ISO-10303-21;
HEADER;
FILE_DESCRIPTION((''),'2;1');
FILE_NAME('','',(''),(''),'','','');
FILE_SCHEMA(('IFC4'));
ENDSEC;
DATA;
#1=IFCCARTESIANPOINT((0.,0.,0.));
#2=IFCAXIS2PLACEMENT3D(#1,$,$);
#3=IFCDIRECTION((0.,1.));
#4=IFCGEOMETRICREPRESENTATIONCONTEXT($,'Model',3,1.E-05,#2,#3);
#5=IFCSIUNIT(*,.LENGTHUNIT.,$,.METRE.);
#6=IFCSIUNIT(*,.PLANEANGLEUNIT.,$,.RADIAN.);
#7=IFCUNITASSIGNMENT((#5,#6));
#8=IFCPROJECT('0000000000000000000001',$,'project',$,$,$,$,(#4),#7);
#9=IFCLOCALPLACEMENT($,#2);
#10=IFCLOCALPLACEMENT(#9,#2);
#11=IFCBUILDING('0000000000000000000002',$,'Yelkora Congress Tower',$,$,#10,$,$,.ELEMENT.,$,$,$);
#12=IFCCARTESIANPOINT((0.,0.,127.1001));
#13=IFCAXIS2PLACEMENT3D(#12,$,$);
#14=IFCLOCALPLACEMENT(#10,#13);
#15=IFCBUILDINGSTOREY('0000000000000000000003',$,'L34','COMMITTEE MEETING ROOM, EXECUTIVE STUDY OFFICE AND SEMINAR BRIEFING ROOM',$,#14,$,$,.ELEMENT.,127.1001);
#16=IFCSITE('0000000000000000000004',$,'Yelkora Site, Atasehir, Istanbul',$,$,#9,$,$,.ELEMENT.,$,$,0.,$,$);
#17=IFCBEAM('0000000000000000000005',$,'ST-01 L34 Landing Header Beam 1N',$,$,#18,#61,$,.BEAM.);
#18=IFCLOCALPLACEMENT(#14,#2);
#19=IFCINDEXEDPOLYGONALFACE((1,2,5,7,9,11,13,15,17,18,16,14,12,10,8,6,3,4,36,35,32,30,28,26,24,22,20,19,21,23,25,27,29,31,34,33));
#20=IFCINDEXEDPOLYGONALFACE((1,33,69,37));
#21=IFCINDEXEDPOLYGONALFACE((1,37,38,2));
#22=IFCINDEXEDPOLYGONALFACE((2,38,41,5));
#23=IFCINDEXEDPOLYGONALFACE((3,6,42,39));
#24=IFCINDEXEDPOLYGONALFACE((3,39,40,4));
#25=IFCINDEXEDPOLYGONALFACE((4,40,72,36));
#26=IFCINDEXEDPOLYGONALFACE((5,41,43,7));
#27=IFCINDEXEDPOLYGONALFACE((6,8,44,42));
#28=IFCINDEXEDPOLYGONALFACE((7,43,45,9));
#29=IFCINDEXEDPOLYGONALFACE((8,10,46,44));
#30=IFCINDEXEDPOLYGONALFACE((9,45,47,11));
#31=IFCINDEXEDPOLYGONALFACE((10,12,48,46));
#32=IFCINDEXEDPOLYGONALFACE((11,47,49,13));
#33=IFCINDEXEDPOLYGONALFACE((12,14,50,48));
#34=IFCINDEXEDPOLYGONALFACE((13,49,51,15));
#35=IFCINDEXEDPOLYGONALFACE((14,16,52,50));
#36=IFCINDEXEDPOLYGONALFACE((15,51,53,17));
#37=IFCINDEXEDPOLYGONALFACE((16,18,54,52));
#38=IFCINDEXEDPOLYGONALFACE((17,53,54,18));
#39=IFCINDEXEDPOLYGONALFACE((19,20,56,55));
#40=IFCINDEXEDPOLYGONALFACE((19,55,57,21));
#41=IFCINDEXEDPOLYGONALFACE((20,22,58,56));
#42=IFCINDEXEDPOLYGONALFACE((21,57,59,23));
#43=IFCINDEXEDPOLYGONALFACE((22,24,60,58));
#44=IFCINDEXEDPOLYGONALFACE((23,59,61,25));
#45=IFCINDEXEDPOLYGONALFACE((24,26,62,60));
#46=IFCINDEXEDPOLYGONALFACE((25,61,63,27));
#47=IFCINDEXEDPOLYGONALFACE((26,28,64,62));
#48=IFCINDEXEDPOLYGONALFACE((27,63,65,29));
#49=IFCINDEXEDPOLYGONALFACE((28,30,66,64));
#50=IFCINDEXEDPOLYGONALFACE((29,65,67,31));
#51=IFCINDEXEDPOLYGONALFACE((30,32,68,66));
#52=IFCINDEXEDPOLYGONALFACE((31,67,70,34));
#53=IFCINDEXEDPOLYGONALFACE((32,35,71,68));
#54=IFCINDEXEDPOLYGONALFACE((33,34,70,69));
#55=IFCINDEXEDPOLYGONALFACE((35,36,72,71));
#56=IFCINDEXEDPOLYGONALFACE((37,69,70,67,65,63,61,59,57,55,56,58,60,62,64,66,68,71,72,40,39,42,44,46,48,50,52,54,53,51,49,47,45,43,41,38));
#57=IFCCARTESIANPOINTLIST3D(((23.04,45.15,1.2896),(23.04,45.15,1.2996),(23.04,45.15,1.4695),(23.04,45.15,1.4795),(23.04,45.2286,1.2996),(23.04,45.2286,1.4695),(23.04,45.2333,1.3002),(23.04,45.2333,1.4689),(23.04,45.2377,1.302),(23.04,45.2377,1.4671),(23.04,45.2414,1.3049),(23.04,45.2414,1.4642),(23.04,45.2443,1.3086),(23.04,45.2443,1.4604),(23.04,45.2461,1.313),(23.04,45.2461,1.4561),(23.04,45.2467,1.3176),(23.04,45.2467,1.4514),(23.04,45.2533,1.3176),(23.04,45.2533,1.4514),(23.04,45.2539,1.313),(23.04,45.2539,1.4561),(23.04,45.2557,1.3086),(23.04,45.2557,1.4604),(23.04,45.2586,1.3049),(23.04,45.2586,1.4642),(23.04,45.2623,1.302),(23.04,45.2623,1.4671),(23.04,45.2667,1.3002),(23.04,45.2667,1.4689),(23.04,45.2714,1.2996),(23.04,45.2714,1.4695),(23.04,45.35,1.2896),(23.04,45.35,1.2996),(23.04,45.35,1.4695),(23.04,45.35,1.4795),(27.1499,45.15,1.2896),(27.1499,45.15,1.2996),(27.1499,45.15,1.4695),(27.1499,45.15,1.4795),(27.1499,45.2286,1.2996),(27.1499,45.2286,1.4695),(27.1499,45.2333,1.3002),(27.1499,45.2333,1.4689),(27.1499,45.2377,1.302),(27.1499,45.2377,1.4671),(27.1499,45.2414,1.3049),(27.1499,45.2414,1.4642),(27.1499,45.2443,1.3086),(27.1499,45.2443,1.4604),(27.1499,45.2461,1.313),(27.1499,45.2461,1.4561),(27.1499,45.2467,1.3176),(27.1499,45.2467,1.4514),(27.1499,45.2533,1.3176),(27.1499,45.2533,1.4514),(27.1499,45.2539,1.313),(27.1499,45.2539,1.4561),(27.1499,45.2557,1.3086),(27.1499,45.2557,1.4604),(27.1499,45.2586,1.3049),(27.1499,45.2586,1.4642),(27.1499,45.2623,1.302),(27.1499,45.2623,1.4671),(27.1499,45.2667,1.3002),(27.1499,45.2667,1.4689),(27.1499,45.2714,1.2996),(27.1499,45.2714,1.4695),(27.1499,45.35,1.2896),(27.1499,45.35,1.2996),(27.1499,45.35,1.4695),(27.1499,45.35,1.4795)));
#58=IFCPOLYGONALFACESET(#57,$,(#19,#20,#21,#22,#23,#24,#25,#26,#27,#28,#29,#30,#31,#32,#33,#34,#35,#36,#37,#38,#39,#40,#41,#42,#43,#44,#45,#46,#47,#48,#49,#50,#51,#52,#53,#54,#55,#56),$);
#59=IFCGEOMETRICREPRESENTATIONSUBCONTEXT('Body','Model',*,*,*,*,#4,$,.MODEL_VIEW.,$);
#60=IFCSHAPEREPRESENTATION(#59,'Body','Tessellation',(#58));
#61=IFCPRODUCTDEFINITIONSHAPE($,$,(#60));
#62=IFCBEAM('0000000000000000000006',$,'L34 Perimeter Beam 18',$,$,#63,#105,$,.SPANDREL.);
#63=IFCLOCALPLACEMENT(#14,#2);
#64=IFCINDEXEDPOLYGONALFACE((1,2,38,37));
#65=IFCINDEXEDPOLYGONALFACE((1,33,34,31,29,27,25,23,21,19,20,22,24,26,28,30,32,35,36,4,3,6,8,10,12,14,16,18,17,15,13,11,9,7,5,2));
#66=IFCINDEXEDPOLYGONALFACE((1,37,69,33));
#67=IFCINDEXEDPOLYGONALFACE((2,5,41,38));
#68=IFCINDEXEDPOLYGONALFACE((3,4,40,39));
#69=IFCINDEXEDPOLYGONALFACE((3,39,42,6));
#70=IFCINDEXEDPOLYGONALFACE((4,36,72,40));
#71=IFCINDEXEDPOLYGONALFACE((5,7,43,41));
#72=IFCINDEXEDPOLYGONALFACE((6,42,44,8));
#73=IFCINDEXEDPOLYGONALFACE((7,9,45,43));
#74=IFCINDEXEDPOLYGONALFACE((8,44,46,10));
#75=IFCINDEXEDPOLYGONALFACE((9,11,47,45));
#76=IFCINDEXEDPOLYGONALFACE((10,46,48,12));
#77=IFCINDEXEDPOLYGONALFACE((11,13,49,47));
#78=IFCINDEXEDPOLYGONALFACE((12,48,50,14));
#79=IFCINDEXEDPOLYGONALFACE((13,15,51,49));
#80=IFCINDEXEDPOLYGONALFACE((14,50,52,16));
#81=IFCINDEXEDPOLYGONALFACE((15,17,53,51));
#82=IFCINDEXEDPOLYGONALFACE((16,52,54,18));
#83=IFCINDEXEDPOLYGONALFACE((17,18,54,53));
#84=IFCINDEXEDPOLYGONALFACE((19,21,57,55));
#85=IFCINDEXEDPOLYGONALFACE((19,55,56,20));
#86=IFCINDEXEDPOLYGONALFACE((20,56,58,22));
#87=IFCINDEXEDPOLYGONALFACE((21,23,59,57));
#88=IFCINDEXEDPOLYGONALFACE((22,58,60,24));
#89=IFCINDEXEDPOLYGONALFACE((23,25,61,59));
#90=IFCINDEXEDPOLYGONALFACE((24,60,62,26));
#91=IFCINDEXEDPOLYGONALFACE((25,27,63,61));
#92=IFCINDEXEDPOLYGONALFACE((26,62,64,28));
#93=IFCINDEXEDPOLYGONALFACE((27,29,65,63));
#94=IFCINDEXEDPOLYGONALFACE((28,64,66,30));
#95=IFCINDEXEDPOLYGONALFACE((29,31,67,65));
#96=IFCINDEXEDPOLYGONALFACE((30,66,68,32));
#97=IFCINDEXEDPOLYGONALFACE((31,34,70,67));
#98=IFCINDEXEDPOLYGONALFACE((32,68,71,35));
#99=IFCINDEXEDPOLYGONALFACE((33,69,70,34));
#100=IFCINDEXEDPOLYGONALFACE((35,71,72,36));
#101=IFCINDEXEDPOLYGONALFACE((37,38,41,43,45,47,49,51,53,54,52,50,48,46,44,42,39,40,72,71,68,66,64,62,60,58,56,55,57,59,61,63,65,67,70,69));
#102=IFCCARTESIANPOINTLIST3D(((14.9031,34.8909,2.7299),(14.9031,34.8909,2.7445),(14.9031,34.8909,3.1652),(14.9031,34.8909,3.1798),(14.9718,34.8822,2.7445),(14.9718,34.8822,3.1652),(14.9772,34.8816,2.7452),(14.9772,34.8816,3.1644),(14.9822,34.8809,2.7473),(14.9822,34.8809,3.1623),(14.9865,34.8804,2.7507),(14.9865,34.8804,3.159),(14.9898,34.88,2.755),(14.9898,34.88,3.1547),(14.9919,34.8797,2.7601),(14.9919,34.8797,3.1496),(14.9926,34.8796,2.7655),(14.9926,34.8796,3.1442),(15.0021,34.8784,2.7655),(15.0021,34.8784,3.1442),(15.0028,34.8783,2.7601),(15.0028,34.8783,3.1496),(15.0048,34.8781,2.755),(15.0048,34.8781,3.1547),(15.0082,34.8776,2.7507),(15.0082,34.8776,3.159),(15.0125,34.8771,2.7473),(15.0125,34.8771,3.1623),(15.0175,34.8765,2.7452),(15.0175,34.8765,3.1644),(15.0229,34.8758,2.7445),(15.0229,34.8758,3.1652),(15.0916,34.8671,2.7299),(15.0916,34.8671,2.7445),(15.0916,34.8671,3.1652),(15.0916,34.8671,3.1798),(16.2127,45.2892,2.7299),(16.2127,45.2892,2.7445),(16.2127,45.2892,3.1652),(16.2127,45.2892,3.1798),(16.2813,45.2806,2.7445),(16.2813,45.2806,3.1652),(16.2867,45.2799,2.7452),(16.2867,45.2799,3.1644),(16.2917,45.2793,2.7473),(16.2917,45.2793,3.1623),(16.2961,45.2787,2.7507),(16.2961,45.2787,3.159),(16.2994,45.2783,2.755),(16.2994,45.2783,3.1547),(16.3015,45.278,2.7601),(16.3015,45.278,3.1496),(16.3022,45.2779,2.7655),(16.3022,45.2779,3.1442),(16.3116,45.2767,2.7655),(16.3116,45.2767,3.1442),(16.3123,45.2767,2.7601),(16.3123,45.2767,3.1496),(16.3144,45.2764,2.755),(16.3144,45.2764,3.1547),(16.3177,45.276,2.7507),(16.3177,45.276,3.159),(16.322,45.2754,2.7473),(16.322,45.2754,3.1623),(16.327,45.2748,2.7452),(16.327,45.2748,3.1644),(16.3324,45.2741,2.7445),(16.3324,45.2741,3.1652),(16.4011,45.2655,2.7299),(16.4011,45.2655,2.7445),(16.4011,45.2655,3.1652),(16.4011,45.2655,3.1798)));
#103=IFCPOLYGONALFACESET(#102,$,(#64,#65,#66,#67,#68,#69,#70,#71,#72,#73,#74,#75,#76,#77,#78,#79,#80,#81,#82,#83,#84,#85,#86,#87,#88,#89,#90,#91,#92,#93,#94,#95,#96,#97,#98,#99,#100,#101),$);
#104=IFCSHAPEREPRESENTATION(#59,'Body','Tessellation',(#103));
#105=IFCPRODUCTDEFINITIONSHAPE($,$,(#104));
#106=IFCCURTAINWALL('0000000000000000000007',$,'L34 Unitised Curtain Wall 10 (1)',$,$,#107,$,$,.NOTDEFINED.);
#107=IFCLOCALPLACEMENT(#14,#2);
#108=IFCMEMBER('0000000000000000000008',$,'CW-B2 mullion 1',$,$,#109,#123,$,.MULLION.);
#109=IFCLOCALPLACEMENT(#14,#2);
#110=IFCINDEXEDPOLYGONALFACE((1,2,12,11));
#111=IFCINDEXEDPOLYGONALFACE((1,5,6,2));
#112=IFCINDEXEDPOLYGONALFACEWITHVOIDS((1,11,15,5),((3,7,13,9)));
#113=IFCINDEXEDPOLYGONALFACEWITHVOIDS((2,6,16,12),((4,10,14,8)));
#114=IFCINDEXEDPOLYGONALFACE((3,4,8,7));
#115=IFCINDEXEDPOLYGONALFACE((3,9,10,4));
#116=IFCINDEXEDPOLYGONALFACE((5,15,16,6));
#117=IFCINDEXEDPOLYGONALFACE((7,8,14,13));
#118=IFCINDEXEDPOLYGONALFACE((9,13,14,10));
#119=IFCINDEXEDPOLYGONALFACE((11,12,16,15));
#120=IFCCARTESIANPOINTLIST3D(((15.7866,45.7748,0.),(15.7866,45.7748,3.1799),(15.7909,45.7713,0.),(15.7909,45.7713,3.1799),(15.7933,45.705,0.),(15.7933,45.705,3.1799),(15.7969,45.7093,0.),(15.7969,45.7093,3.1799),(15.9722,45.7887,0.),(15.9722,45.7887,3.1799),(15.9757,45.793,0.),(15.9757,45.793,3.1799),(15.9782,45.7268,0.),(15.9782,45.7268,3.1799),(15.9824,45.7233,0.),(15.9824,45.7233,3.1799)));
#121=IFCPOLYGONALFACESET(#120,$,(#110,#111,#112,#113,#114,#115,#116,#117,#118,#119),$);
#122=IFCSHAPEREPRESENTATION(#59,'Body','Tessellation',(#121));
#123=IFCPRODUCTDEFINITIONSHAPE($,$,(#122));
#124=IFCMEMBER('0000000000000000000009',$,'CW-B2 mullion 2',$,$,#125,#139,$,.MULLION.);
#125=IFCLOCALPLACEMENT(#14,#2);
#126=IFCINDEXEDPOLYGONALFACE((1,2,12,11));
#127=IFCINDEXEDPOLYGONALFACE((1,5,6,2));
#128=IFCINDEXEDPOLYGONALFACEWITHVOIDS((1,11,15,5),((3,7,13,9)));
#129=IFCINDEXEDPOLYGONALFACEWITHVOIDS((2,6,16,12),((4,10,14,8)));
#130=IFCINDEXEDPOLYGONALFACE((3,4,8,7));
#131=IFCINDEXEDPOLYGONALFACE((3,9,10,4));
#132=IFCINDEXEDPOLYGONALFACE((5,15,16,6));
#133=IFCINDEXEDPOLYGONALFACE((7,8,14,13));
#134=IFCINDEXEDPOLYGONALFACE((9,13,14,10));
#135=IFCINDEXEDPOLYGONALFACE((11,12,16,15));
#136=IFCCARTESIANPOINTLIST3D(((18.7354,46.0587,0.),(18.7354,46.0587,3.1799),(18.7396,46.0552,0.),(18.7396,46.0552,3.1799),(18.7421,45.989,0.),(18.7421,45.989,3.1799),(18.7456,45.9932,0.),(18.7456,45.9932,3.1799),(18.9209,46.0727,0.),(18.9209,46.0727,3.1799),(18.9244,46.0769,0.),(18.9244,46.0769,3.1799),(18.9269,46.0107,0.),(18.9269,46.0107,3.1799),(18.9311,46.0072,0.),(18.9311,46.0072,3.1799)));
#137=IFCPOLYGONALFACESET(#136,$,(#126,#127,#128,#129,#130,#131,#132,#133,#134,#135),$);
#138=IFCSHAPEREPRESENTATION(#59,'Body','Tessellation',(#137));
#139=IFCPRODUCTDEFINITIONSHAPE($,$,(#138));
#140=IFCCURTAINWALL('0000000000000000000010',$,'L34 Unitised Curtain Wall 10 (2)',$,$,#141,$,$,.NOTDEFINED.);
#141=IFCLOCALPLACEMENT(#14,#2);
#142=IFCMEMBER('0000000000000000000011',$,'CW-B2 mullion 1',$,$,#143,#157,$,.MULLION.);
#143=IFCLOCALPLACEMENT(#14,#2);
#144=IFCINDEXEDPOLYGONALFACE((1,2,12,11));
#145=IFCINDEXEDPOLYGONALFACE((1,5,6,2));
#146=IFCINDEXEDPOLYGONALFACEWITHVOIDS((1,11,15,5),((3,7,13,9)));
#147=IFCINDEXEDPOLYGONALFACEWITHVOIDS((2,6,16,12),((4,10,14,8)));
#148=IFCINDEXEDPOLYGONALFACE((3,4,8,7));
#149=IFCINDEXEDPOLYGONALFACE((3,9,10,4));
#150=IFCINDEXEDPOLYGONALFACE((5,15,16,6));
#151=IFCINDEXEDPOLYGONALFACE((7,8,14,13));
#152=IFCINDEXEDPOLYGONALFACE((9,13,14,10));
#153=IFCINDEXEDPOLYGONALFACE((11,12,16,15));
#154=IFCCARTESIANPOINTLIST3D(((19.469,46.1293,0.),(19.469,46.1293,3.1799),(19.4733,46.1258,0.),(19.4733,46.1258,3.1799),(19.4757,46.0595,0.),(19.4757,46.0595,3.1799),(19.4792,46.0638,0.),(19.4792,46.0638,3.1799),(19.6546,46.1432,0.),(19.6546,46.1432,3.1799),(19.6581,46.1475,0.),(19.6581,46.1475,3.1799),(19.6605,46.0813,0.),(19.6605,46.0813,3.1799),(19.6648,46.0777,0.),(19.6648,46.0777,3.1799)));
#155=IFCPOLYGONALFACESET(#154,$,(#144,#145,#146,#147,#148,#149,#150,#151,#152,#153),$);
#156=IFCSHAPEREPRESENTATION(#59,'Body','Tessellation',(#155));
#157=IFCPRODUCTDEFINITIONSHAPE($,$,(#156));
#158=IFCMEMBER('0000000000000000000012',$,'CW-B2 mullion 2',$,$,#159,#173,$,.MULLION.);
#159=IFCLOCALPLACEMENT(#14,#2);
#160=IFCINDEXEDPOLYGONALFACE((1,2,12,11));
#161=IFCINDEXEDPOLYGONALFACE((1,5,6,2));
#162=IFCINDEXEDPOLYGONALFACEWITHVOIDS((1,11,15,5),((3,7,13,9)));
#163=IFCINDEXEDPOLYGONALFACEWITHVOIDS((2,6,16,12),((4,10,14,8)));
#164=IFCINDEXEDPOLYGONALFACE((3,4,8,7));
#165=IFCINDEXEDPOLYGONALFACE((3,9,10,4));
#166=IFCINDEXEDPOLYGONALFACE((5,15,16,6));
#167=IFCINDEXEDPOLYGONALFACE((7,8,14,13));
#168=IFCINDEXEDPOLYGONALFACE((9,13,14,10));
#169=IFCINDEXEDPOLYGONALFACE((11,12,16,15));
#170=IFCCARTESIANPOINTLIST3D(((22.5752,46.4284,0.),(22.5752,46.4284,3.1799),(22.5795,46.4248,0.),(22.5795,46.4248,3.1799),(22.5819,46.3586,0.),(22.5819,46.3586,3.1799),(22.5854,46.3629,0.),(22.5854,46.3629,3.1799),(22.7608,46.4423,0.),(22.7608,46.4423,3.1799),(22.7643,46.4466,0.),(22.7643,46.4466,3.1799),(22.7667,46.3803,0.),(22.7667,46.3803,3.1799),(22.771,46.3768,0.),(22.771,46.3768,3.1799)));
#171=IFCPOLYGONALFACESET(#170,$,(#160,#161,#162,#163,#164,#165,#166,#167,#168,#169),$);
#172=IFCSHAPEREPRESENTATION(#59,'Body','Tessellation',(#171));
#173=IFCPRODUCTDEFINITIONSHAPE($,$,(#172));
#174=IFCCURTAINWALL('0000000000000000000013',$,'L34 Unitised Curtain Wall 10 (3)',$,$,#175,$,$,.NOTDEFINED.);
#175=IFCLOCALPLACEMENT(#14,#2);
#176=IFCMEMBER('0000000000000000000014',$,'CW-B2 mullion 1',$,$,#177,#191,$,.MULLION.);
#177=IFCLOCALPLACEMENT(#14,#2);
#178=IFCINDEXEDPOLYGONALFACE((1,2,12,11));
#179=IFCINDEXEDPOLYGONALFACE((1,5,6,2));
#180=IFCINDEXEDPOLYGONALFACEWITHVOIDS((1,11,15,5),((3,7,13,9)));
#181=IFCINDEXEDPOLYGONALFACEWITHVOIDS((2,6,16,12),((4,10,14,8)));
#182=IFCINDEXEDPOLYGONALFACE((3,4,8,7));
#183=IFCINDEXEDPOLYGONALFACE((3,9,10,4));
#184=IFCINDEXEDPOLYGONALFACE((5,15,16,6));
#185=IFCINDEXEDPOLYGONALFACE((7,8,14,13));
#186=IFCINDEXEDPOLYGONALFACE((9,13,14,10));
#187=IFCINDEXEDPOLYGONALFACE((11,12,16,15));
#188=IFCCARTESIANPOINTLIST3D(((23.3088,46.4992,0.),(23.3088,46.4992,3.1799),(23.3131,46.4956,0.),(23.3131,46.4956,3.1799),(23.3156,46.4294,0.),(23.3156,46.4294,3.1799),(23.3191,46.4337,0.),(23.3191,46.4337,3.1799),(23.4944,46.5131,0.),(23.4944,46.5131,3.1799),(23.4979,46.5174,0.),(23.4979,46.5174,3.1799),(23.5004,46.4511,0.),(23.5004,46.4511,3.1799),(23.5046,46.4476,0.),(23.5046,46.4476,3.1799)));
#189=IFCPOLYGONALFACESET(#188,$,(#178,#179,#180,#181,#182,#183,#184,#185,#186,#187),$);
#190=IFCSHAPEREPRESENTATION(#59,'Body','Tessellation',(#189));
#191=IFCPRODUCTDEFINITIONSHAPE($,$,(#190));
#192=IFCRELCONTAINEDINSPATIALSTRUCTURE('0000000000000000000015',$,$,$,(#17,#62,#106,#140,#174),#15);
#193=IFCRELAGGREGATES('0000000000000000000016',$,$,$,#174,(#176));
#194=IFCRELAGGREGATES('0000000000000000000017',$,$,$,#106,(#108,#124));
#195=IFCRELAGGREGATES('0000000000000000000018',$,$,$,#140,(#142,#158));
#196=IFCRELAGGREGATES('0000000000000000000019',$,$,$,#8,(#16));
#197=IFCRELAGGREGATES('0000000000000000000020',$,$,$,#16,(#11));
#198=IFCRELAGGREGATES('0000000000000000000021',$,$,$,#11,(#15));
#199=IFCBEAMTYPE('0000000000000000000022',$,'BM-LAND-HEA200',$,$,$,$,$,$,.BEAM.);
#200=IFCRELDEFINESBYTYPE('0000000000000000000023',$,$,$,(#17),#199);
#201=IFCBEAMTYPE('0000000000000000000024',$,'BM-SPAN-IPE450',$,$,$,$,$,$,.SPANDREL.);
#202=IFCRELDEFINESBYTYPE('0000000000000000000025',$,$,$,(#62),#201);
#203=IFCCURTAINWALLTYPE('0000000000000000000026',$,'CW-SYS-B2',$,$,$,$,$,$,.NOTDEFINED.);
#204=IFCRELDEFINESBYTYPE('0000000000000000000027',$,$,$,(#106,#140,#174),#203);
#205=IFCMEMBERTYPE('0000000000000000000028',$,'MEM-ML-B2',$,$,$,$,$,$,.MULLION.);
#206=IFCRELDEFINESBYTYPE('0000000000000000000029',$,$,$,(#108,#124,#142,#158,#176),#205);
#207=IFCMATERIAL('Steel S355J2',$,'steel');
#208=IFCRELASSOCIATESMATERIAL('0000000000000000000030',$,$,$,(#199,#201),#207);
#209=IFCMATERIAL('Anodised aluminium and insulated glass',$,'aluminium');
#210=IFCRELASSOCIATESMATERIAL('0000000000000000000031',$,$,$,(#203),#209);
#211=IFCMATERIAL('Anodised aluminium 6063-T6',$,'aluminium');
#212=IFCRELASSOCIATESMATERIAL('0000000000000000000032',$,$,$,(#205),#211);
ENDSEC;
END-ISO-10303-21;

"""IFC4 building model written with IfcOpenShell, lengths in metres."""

from ifc_helpers import new_model, si_unit, direction, frame, origin, origin_2d, place, context, subcontext, project, spatial, hollow_rectangle, i_section, extrude, material, material_profile, profile_set, type_object, element, aggregate, save


model = new_model("IFC4")

# Units and contexts
model_context = context("Model", 3, precision=1e-05, world=origin(), true_north=direction((0.0, 1.0)))
body_context = subcontext(model_context, "Body", "Model", "MODEL_VIEW")
ifc_project = project(units=[si_unit("LENGTHUNIT", "METRE"), si_unit("PLANEANGLEUNIT", "RADIAN")], contexts=[model_context])

# Site, building, storey
site_placement = place(None, origin())
site = spatial("IfcSite", under=ifc_project, at=site_placement, Name="Yelkora Site, Atasehir, Istanbul", CompositionType="ELEMENT", RefElevation=0.0)
building_placement = place(site_placement, origin())
building = spatial("IfcBuilding", under=site, at=building_placement, Name="Yelkora Congress Tower", CompositionType="ELEMENT")
storey_placement = place(building_placement, frame((0.0, 0.0, 127.1001)))
storey = spatial("IfcBuildingStorey", under=building, at=storey_placement, Name="L34", Description="COMMITTEE MEETING ROOM, EXECUTIVE STUDY OFFICE AND SEMINAR BRIEFING ROOM", CompositionType="ELEMENT", Elevation=127.1001)

# Beams
ifc_material_1 = material(Name="Steel S355J2", Category="steel")
ifc_material_profile_1 = material_profile(ifc_material_1, i_section(OverallWidth=0.2, OverallDepth=0.1899, WebThickness=0.0066, FlangeThickness=0.01, FilletRadius=0.0181, at=origin_2d()), Name="HEA 200")
ifc_profile_set_1 = profile_set([ifc_material_profile_1], Name="Steel S355J2")
beam_type_1 = type_object("IfcBeamType", Name="BM-LAND-HEA200", PredefinedType="BEAM", material=ifc_profile_set_1)
beam_1_placement = place(storey_placement, frame((23.04, 45.25, 1.3845), z_axis=(1.0, 0.0, 0.0), x_axis=(0.0, 1.0, 0.0)))
element("IfcBeam", 1, at=beam_1_placement, inside=storey, type_object=beam_type_1, Name="ST-01 L34 Landing Header Beam 1N", PredefinedType="BEAM", context=body_context, shape_type="SweptSolid", body=[
    extrude(i_section(OverallWidth=0.2, OverallDepth=0.1899, WebThickness=0.0066, FlangeThickness=0.01, FilletRadius=0.0181, at=origin_2d()), origin(), (0.0, 0.0, 1.0), 4.1099),
])
ifc_material_profile_2 = material_profile(ifc_material_1, i_section(OverallWidth=0.1899, OverallDepth=0.45, WebThickness=0.0095, FlangeThickness=0.0146, FilletRadius=0.021, at=origin_2d()), Name="IPE 450")
ifc_profile_set_2 = profile_set([ifc_material_profile_2], Name="Steel S355J2")
beam_type_2 = type_object("IfcBeamType", Name="BM-SPAN-IPE450", PredefinedType="SPANDREL", material=ifc_profile_set_2)
beam_2_placement = place(storey_placement, frame((16.3069, 45.2773, 2.9548), z_axis=(-0.124952, -0.992163, 0.0), x_axis=(0.992163, -0.124952, 0.0)))
element("IfcBeam", 2, at=beam_2_placement, inside=storey, type_object=beam_type_2, Name="L34 Perimeter Beam 18", PredefinedType="SPANDREL", context=body_context, shape_type="SweptSolid", body=[
    extrude(i_section(OverallWidth=0.1899, OverallDepth=0.45, WebThickness=0.0095, FlangeThickness=0.0146, FilletRadius=0.021, at=origin_2d()), origin(), (0.0, 0.0, 1.0), 10.4805),
])

# Curtain walls, members
ifc_material_2 = material(Name="Anodised aluminium and insulated glass", Category="aluminium")
curtain_wall_type = type_object("IfcCurtainWallType", Name="CW-SYS-B2", PredefinedType="NOTDEFINED", material=ifc_material_2)
curtain_wall_1_placement = place(storey_placement, origin())
curtain_wall_1 = element("IfcCurtainWall", 3, at=curtain_wall_1_placement, inside=storey, type_object=curtain_wall_type, Name="L34 Unitised Curtain Wall 10 (1)", PredefinedType="NOTDEFINED")
ifc_material_3 = material(Name="Anodised aluminium 6063-T6", Category="aluminium")
ifc_material_profile_3 = material_profile(ifc_material_3, hollow_rectangle(XDim=0.0701, YDim=0.1899, WallThickness=0.0039, at=origin_2d()), Name="ALU 70x190x4")
ifc_profile_set_3 = profile_set([ifc_material_profile_3], Name="Anodised aluminium 6063-T6")
member_type_1 = type_object("IfcMemberType", Name="MEM-ML-B2", PredefinedType="MULLION", material=ifc_profile_set_3)
member_1_placement = place(storey_placement, frame((15.8845, 45.749, 0.0), z_axis=(0.0, 0.0, 1.0), x_axis=(-0.095839, 0.995397, 0.0)))
member_1 = element("IfcMember", 4, at=member_1_placement, type_object=member_type_1, Name="CW-B2 mullion 1", PredefinedType="MULLION", context=body_context, shape_type="SweptSolid", body=[
    extrude(hollow_rectangle(XDim=0.0701, YDim=0.1899, WallThickness=0.0039, at=origin_2d()), origin(), (0.0, 0.0, 1.0), 3.1799),
])
member_2_placement = place(storey_placement, frame((18.8333, 46.033, 0.0), z_axis=(0.0, 0.0, 1.0), x_axis=(-0.095839, 0.995397, 0.0)))
member_2 = element("IfcMember", 5, at=member_2_placement, type_object=member_type_1, Name="CW-B2 mullion 2", PredefinedType="MULLION", context=body_context, shape_type="SweptSolid", body=[
    extrude(hollow_rectangle(XDim=0.0701, YDim=0.1899, WallThickness=0.0039, at=origin_2d()), origin(), (0.0, 0.0, 1.0), 3.1799),
])
curtain_wall_2_placement = place(storey_placement, origin())
curtain_wall_2 = element("IfcCurtainWall", 6, at=curtain_wall_2_placement, inside=storey, type_object=curtain_wall_type, Name="L34 Unitised Curtain Wall 10 (2)", PredefinedType="NOTDEFINED")
member_3_placement = place(storey_placement, frame((19.5669, 46.1035, 0.0), z_axis=(0.0, 0.0, 1.0), x_axis=(-0.095841, 0.995397, 0.0)))
member_3 = element("IfcMember", 7, at=member_3_placement, type_object=member_type_1, Name="CW-B2 mullion 1", PredefinedType="MULLION", context=body_context, shape_type="SweptSolid", body=[
    extrude(hollow_rectangle(XDim=0.0701, YDim=0.1899, WallThickness=0.0039, at=origin_2d()), origin(), (0.0, 0.0, 1.0), 3.1799),
])
member_4_placement = place(storey_placement, frame((22.6731, 46.4026, 0.0), z_axis=(0.0, 0.0, 1.0), x_axis=(-0.095841, 0.995397, 0.0)))
member_4 = element("IfcMember", 8, at=member_4_placement, type_object=member_type_1, Name="CW-B2 mullion 2", PredefinedType="MULLION", context=body_context, shape_type="SweptSolid", body=[
    extrude(hollow_rectangle(XDim=0.0701, YDim=0.1899, WallThickness=0.0039, at=origin_2d()), origin(), (0.0, 0.0, 1.0), 3.1799),
])

# Curtain wall, member
curtain_wall_3_placement = place(storey_placement, origin())
curtain_wall_3 = element("IfcCurtainWall", 9, at=curtain_wall_3_placement, inside=storey, type_object=curtain_wall_type, Name="L34 Unitised Curtain Wall 10 (3)", PredefinedType="NOTDEFINED")
member_5_placement = place(storey_placement, frame((23.4067, 46.4734, 0.0), z_axis=(0.0, 0.0, 1.0), x_axis=(-0.095844, 0.995396, 0.0)))
member_5 = element("IfcMember", 10, at=member_5_placement, type_object=member_type_1, Name="CW-B2 mullion 1", PredefinedType="MULLION", context=body_context, shape_type="SweptSolid", body=[
    extrude(hollow_rectangle(XDim=0.0701, YDim=0.1899, WallThickness=0.0039, at=origin_2d()), origin(), (0.0, 0.0, 1.0), 3.1799),
])

aggregate(curtain_wall_3, [member_5])

aggregate(curtain_wall_1, [member_1, member_2])
aggregate(curtain_wall_2, [member_3, member_4])

save(model, "model.ifc")
